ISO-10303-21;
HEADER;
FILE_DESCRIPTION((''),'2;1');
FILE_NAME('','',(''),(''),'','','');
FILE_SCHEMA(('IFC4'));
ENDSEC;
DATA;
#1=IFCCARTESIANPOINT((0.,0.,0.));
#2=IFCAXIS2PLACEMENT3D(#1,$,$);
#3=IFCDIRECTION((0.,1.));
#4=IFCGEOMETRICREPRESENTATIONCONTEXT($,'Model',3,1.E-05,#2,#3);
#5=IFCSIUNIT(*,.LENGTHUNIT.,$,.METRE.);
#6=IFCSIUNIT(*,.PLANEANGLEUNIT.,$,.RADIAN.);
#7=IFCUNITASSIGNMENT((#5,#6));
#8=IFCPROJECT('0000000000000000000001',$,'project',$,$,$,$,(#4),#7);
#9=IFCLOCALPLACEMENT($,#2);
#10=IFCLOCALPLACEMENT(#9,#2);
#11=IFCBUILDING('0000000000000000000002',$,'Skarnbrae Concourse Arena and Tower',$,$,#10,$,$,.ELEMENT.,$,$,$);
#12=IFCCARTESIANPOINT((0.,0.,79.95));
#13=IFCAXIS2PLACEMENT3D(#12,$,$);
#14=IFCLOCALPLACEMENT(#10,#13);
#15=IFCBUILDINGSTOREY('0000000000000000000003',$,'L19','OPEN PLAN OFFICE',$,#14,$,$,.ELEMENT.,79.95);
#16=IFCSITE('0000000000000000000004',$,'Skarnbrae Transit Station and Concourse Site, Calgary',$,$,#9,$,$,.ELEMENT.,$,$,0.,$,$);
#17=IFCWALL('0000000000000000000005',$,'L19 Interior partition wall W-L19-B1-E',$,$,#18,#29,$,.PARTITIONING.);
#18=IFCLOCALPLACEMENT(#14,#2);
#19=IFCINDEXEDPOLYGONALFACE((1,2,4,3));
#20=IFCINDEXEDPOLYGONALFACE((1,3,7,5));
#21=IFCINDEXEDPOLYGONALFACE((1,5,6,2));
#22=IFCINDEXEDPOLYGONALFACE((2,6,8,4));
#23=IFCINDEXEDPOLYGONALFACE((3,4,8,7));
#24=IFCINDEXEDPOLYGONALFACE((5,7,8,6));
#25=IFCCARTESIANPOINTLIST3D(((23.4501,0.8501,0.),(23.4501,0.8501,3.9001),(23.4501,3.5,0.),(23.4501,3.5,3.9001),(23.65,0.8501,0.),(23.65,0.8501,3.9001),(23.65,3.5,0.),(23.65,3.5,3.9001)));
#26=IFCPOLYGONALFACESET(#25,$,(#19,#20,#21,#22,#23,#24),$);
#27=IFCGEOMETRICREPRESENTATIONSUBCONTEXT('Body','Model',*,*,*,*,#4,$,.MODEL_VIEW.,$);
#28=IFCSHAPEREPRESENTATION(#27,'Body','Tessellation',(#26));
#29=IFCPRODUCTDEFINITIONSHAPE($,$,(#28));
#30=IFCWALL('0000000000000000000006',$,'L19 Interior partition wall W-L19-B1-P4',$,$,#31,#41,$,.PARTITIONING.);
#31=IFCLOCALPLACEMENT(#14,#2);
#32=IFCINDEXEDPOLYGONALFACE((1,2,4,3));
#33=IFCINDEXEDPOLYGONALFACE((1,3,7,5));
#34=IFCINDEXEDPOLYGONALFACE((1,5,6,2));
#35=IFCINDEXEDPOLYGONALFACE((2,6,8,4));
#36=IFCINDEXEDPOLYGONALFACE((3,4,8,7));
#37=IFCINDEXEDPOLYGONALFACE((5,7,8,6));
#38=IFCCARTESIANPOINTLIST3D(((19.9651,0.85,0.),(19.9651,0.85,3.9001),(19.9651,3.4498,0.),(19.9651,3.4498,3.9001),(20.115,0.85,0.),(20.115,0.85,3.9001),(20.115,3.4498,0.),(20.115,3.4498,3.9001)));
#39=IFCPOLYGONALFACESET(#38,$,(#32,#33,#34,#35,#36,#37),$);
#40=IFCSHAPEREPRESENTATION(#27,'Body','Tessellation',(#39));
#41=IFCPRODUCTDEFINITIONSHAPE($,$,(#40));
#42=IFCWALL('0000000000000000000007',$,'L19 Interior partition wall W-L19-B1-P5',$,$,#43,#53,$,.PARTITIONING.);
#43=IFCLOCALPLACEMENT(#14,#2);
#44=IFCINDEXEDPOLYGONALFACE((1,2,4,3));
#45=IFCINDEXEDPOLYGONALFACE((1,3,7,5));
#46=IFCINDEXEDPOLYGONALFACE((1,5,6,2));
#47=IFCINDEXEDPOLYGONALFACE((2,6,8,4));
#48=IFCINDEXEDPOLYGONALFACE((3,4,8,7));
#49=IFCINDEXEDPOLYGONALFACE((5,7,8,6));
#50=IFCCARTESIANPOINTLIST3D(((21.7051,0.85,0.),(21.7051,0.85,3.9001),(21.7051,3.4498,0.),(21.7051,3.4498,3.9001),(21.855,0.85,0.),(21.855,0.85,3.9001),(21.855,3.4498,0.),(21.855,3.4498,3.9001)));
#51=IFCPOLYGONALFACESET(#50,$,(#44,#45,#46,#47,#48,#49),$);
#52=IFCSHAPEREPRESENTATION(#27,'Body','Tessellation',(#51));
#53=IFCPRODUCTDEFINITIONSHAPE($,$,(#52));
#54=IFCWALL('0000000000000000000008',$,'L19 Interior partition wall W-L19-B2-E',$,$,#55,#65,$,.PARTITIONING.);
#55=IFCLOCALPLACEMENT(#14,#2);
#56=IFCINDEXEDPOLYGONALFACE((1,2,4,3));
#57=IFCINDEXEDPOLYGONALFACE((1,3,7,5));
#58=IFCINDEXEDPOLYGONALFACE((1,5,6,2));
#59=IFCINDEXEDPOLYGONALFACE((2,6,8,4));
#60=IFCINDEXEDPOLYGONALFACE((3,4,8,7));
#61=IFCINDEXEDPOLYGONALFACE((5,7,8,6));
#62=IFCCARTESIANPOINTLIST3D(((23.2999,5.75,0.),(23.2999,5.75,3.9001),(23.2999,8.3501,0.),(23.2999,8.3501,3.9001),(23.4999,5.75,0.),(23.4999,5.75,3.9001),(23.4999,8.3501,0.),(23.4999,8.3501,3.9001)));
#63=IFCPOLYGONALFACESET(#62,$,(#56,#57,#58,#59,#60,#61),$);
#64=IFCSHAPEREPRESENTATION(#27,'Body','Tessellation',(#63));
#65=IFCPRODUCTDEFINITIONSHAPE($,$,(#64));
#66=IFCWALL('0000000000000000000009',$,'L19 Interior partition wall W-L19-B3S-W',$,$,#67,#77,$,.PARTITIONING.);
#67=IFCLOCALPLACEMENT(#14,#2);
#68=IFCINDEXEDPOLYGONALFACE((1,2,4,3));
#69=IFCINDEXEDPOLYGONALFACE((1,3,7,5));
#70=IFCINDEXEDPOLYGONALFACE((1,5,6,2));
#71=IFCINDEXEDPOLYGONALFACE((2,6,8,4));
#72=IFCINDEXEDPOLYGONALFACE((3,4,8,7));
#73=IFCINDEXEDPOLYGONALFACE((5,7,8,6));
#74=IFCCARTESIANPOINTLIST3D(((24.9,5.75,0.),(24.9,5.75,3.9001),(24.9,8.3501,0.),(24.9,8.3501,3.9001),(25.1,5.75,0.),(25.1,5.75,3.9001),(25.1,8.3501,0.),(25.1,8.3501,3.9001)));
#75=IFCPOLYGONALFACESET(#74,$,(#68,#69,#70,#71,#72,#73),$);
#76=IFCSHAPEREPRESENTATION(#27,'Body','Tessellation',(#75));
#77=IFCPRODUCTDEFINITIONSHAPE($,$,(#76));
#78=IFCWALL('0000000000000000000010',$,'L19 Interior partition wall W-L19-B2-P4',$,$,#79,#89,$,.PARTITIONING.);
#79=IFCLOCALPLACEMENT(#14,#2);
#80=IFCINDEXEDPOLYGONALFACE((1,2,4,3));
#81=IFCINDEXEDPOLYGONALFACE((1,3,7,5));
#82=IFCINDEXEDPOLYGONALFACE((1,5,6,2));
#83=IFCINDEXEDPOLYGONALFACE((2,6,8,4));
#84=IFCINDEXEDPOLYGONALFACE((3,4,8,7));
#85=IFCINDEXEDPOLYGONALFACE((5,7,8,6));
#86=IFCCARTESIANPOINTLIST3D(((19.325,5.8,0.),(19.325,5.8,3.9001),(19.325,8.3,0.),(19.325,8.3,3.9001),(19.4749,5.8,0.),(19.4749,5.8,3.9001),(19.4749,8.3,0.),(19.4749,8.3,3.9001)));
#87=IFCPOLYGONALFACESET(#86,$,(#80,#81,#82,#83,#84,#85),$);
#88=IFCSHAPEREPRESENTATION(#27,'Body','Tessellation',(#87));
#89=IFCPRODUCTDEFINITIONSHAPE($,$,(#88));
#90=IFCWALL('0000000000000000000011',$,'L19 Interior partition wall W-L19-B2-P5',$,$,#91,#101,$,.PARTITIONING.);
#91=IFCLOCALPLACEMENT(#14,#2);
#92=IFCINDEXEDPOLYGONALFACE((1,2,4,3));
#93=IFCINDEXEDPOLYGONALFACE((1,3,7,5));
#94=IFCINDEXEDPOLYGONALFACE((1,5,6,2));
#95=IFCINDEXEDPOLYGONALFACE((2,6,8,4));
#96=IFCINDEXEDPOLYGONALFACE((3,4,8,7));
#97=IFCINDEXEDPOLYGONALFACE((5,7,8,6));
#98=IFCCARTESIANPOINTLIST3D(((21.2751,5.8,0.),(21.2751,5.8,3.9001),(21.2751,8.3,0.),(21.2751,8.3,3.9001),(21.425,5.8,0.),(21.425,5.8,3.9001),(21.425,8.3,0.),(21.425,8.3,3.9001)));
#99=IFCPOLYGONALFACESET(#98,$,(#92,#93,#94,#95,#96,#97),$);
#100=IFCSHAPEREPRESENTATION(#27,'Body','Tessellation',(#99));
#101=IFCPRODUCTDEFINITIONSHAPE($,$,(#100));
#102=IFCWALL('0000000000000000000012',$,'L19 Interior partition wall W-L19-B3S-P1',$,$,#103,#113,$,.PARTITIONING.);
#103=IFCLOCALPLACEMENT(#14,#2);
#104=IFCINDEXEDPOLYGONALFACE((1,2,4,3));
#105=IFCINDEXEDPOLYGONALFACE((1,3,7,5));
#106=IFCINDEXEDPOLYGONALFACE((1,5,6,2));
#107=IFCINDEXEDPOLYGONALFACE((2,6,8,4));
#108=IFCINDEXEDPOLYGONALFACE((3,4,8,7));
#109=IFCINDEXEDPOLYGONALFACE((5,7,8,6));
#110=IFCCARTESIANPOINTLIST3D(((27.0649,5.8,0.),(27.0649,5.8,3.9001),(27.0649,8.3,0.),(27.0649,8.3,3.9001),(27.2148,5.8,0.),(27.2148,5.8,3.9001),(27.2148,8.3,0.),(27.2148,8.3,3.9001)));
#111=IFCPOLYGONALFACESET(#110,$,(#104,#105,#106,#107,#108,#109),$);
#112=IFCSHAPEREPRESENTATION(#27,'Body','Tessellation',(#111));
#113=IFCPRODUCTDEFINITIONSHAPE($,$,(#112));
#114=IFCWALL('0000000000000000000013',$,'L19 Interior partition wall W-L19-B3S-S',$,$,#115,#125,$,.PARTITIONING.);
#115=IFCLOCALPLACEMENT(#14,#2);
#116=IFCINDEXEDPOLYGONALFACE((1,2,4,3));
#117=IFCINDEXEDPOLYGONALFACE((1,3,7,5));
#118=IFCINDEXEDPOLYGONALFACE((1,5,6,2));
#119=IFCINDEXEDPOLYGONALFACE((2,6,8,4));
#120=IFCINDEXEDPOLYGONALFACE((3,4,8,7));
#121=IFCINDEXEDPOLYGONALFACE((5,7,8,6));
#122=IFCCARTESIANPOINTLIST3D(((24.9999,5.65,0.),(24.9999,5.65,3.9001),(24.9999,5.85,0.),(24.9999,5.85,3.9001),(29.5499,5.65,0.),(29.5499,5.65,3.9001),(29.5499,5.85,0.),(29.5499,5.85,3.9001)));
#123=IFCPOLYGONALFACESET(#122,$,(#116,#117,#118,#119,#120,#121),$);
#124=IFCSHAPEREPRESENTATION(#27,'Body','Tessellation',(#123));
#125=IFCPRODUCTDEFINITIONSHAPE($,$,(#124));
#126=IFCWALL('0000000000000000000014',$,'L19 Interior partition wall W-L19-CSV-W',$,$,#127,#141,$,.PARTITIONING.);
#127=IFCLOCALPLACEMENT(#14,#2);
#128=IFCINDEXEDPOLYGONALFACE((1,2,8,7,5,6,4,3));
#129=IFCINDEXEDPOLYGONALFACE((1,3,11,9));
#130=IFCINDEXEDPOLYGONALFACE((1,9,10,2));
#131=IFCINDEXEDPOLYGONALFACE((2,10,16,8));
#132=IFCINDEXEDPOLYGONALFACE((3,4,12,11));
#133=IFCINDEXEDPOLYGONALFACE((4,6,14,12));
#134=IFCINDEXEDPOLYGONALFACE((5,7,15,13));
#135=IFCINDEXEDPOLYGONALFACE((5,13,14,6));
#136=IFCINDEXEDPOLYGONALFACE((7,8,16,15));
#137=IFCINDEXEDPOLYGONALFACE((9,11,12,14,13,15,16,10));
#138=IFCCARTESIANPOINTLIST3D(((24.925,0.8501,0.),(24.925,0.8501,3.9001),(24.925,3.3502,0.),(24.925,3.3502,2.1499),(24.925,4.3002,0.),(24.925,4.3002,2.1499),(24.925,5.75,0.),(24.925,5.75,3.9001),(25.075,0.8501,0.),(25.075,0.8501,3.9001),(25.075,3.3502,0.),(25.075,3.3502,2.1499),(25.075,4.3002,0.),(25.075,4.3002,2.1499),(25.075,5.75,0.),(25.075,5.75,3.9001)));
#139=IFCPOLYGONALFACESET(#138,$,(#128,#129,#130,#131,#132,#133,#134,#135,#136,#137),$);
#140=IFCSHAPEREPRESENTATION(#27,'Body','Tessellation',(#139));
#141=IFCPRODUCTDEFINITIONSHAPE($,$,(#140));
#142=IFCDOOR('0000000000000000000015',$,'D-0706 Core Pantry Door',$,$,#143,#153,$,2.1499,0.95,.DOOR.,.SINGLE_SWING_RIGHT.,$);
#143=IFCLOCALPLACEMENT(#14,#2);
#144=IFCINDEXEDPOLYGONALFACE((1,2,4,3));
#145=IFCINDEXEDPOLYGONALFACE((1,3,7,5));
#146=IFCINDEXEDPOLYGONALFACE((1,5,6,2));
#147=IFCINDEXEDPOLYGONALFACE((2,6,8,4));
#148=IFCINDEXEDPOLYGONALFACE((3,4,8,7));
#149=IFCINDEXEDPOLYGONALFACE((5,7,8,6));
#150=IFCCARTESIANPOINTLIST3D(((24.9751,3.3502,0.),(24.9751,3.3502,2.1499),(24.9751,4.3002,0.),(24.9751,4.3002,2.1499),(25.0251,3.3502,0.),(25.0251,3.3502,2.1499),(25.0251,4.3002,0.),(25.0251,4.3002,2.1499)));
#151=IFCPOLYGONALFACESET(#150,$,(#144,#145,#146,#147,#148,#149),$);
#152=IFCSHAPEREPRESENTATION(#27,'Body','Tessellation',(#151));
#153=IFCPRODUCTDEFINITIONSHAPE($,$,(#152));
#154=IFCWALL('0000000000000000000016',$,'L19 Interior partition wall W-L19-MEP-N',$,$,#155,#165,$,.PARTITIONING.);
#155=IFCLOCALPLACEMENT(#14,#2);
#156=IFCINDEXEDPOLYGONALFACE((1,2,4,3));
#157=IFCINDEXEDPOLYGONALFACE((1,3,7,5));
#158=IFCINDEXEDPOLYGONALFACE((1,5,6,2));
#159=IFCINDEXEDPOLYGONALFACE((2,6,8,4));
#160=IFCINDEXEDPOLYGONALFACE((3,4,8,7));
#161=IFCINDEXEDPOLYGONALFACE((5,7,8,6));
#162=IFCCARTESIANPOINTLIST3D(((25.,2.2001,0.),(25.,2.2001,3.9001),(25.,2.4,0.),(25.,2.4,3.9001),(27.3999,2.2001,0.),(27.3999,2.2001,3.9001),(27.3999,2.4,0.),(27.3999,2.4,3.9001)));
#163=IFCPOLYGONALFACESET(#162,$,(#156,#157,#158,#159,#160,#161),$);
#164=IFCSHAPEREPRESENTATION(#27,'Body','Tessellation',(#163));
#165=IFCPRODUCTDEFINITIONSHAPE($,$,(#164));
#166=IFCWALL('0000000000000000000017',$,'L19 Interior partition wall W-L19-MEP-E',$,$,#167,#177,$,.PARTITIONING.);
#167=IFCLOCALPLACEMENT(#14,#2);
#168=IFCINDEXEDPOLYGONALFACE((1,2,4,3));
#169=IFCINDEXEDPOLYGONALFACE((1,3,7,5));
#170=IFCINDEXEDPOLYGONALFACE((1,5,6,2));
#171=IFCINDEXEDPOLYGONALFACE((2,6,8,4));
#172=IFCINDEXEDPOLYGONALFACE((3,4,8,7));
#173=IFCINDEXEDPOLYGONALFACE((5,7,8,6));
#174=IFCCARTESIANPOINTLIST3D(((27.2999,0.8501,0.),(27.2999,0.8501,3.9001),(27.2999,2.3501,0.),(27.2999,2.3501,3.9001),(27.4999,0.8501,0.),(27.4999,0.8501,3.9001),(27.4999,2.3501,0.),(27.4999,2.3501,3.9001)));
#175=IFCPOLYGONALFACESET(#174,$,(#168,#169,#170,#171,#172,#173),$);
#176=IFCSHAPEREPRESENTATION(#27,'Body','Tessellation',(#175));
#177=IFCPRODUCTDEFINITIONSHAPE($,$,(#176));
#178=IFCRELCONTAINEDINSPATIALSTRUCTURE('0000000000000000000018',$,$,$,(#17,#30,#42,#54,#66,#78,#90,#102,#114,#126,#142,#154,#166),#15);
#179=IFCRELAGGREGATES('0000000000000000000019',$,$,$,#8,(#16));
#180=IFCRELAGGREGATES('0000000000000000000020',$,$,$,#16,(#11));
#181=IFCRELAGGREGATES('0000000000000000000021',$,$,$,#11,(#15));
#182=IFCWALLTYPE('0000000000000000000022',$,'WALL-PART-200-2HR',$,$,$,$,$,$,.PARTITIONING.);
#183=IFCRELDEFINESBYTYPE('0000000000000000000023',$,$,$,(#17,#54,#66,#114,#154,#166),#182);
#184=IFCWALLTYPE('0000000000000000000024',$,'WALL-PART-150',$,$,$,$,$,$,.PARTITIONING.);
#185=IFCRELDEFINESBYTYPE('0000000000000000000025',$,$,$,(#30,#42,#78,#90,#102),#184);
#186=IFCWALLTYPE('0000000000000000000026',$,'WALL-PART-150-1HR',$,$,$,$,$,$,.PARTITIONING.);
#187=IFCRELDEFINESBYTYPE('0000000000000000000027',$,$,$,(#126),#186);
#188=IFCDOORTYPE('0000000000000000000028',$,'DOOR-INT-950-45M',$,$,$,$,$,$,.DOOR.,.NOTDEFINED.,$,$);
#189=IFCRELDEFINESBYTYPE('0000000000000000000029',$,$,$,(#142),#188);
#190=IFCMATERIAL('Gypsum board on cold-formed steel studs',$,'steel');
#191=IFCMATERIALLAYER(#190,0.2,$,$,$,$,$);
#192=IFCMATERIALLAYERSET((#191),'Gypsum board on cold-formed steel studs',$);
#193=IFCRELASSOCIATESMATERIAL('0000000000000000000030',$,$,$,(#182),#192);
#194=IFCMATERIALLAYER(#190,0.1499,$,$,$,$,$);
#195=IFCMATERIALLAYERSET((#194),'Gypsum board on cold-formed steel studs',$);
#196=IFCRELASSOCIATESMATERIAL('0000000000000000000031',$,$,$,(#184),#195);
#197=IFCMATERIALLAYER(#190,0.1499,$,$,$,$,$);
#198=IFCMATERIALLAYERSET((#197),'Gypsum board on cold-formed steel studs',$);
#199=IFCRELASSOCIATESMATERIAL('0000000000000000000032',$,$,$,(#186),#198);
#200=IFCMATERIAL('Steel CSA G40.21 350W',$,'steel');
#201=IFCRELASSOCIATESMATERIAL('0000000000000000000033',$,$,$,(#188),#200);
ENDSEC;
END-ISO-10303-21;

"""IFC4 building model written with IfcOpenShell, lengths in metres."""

from ifc_helpers import new_model, si_unit, direction, frame, frame_2d, origin, place, context, subcontext, project, spatial, rectangle, extrude, source, transform, mapped, material, layer, layer_set, type_object, element, fill, save


model = new_model("IFC4")

# Units and contexts
model_context = context("Model", 3, precision=1e-05, world=origin(), true_north=direction((0.0, 1.0)))
body_context = subcontext(model_context, "Body", "Model", "MODEL_VIEW")
ifc_project = project(units=[si_unit("LENGTHUNIT", "METRE"), si_unit("PLANEANGLEUNIT", "RADIAN")], contexts=[model_context])

# Site, building, storey
site_placement = place(None, origin())
site = spatial("IfcSite", under=ifc_project, at=site_placement, Name="Skarnbrae Transit Station and Concourse Site, Calgary", CompositionType="ELEMENT", RefElevation=0.0)
building_placement = place(site_placement, origin())
building = spatial("IfcBuilding", under=site, at=building_placement, Name="Skarnbrae Concourse Arena and Tower", CompositionType="ELEMENT")
storey_placement = place(building_placement, frame((0.0, 0.0, 79.95)))
storey = spatial("IfcBuildingStorey", under=building, at=storey_placement, Name="L19", Description="OPEN PLAN OFFICE", CompositionType="ELEMENT", Elevation=79.95)

# Walls
ifc_material_1 = material(Name="Gypsum board on cold-formed steel studs", Category="steel")
ifc_layer_1 = layer(ifc_material_1, 0.2)
ifc_layer_set_1 = layer_set([ifc_layer_1], Name="Gypsum board on cold-formed steel studs")
wall_type_1 = type_object("IfcWallType", Name="WALL-PART-200-2HR", PredefinedType="PARTITIONING", material=ifc_layer_set_1)
shared_shape_1 = source(origin(), body_context, "Body", "SweptSolid", [
    extrude(rectangle(XDim=2.6499, YDim=0.2, at=frame_2d((1.325, 0.0))), origin(), (0.0, 0.0, 1.0), 3.9001),
])
wall_1_placement = place(storey_placement, frame((23.55, 0.8501, 0.0), z_axis=(0.0, 0.0, 1.0), x_axis=(0.0, 1.0, 0.0)))
element("IfcWall", 1, at=wall_1_placement, inside=storey, type_object=wall_type_1, Name="L19 Interior partition wall W-L19-B1-E", PredefinedType="PARTITIONING", context=body_context, shape_type="MappedRepresentation", body=[
    mapped(shared_shape_1, transform((0.0, 0.0, 0.0))),
])
ifc_layer_2 = layer(ifc_material_1, 0.1499)
ifc_layer_set_2 = layer_set([ifc_layer_2], Name="Gypsum board on cold-formed steel studs")
wall_type_2 = type_object("IfcWallType", Name="WALL-PART-150", PredefinedType="PARTITIONING", material=ifc_layer_set_2)
shared_shape_2 = source(origin(), body_context, "Body", "SweptSolid", [
    extrude(rectangle(XDim=2.5999, YDim=0.1499, at=frame_2d((1.2998, 0.0))), origin(), (0.0, 0.0, 1.0), 3.9001),
])
for number, where, z_axis, x_axis, name in (
    (2, (20.04, 0.8501, 0.0), (0.0, 0.0, 1.0), (0.0, 1.0, 0.0), "L19 Interior partition wall W-L19-B1-P4"),
    (3, (21.78, 0.8501, 0.0), (0.0, 0.0, 1.0), (0.0, 1.0, 0.0), "L19 Interior partition wall W-L19-B1-P5"),
):
    element("IfcWall", number, at=place(storey_placement, frame(where, z_axis=z_axis, x_axis=x_axis)), inside=storey, type_object=wall_type_2, Name=name, PredefinedType="PARTITIONING", context=body_context, shape_type="MappedRepresentation", body=[
        mapped(shared_shape_2, transform((0.0, 0.0, 0.0))),
    ])
shared_shape_3 = source(origin(), body_context, "Body", "SweptSolid", [
    extrude(rectangle(XDim=2.6001, YDim=0.2, at=frame_2d((1.3, 0.0))), origin(), (0.0, 0.0, 1.0), 3.9001),
])
for number, where, z_axis, x_axis, name in (
    (4, (23.3999, 5.75, 0.0), (0.0, 0.0, 1.0), (0.0, 1.0, 0.0), "L19 Interior partition wall W-L19-B2-E"),
    (5, (25.0, 5.75, 0.0), (0.0, 0.0, 1.0), (0.0, 1.0, 0.0), "L19 Interior partition wall W-L19-B3S-W"),
):
    element("IfcWall", number, at=place(storey_placement, frame(where, z_axis=z_axis, x_axis=x_axis)), inside=storey, type_object=wall_type_1, Name=name, PredefinedType="PARTITIONING", context=body_context, shape_type="MappedRepresentation", body=[
        mapped(shared_shape_3, transform((0.0, 0.0, 0.0))),
    ])
shared_shape_4 = source(origin(), body_context, "Body", "SweptSolid", [
    extrude(rectangle(XDim=2.5, YDim=0.1499, at=frame_2d((1.25, 0.0))), origin(), (0.0, 0.0, 1.0), 3.9001),
])
for number, where, z_axis, x_axis, name in (
    (6, (19.3999, 5.8, 0.0), (0.0, 0.0, 1.0), (0.0, 1.0, 0.0), "L19 Interior partition wall W-L19-B2-P4"),
    (7, (21.3501, 5.8, 0.0), (0.0, 0.0, 1.0), (0.0, 1.0, 0.0), "L19 Interior partition wall W-L19-B2-P5"),
    (8, (27.1399, 5.8, 0.0), (0.0, 0.0, 1.0), (0.0, 1.0, 0.0), "L19 Interior partition wall W-L19-B3S-P1"),
):
    element("IfcWall", number, at=place(storey_placement, frame(where, z_axis=z_axis, x_axis=x_axis)), inside=storey, type_object=wall_type_2, Name=name, PredefinedType="PARTITIONING", context=body_context, shape_type="MappedRepresentation", body=[
        mapped(shared_shape_4, transform((0.0, 0.0, 0.0))),
    ])
shared_shape_5 = source(origin(), body_context, "Body", "SweptSolid", [
    extrude(rectangle(XDim=4.55, YDim=0.2, at=frame_2d((2.2749, 0.0))), origin(), (0.0, 0.0, 1.0), 3.9001),
])
wall_2_placement = place(storey_placement, frame((25.0, 5.75, 0.0), z_axis=(0.0, 0.0, 1.0), x_axis=(1.0, 0.0, 0.0)))
element("IfcWall", 9, at=wall_2_placement, inside=storey, type_object=wall_type_1, Name="L19 Interior partition wall W-L19-B3S-S", PredefinedType="PARTITIONING", context=body_context, shape_type="MappedRepresentation", body=[
    mapped(shared_shape_5, transform((0.0, 0.0, 0.0))),
])

# Wall, opening, door
ifc_layer_3 = layer(ifc_material_1, 0.1499)
ifc_layer_set_3 = layer_set([ifc_layer_3], Name="Gypsum board on cold-formed steel studs")
wall_type_3 = type_object("IfcWallType", Name="WALL-PART-150-1HR", PredefinedType="PARTITIONING", material=ifc_layer_set_3)
shared_shape_6 = source(origin(), body_context, "Body", "SweptSolid", [
    extrude(rectangle(XDim=4.8999, YDim=0.1499, at=frame_2d((2.45, 0.0))), origin(), (0.0, 0.0, 1.0), 3.9001),
])
wall_3_placement = place(storey_placement, frame((25.0, 0.8501, 0.0), z_axis=(0.0, 0.0, 1.0), x_axis=(0.0, 1.0, 0.0)))
wall_3 = element("IfcWall", 10, at=wall_3_placement, inside=storey, type_object=wall_type_3, Name="L19 Interior partition wall W-L19-CSV-W", PredefinedType="PARTITIONING", context=body_context, shape_type="MappedRepresentation", body=[
    mapped(shared_shape_6, transform((0.0, 0.0, 0.0))),
])
opening_1_placement = place(wall_3_placement, frame((2.5, 0.0, 0.0)))
opening_1 = element("IfcOpeningElement", 11, at=opening_1_placement, cuts=wall_3, PredefinedType="OPENING", context=body_context, shape_type="SweptSolid", body=[
    extrude(rectangle(XDim=0.95, YDim=2.1499, at=frame_2d((0.4751, 1.075))), frame((0.0, 0.085, 0.0), z_axis=(0.0, -1.0, 0.0), x_axis=(1.0, 0.0, 0.0)), (0.0, 0.0, 1.0), 0.1699),
])
ifc_material_2 = material(Name="Steel CSA G40.21 350W", Category="steel")
door_type_1 = type_object("IfcDoorType", Name="DOOR-INT-950-45M", OperationType="NOTDEFINED", PredefinedType="DOOR", material=ifc_material_2)
shared_shape_7 = source(origin(), body_context, "Body", "SweptSolid", [
    extrude(rectangle(XDim=0.95, YDim=2.1499, at=frame_2d((0.4751, 1.075))), frame((0.0, 0.0249, 0.0), z_axis=(0.0, -1.0, 0.0), x_axis=(1.0, 0.0, 0.0)), (0.0, 0.0, 1.0), 0.05),
])
door_1_placement = place(opening_1_placement, origin())
door_1 = element("IfcDoor", 12, at=door_1_placement, inside=storey, type_object=door_type_1, Name="D-0706 Core Pantry Door", OperationType="SINGLE_SWING_RIGHT", OverallHeight=2.1499, OverallWidth=0.95, PredefinedType="DOOR", context=body_context, shape_type="MappedRepresentation", body=[
    mapped(shared_shape_7, transform((0.0, 0.0, 0.0))),
])
fill(opening_1, door_1)

# Walls
shared_shape_8 = source(origin(), body_context, "Body", "SweptSolid", [
    extrude(rectangle(XDim=2.3999, YDim=0.2, at=frame_2d((1.2, 0.0))), origin(), (0.0, 0.0, 1.0), 3.9001),
])
wall_4_placement = place(storey_placement, frame((25.0, 2.3, 0.0), z_axis=(0.0, 0.0, 1.0), x_axis=(1.0, 0.0, 0.0)))
element("IfcWall", 13, at=wall_4_placement, inside=storey, type_object=wall_type_1, Name="L19 Interior partition wall W-L19-MEP-N", PredefinedType="PARTITIONING", context=body_context, shape_type="MappedRepresentation", body=[
    mapped(shared_shape_8, transform((0.0, 0.0, 0.0))),
])
shared_shape_9 = source(origin(), body_context, "Body", "SweptSolid", [
    extrude(rectangle(XDim=1.5, YDim=0.2, at=frame_2d((0.75, 0.0))), origin(), (0.0, 0.0, 1.0), 3.9001),
])
wall_5_placement = place(storey_placement, frame((27.3999, 0.8501, 0.0), z_axis=(0.0, 0.0, 1.0), x_axis=(0.0, 1.0, 0.0)))
element("IfcWall", 14, at=wall_5_placement, inside=storey, type_object=wall_type_1, Name="L19 Interior partition wall W-L19-MEP-E", PredefinedType="PARTITIONING", context=body_context, shape_type="MappedRepresentation", body=[
    mapped(shared_shape_9, transform((0.0, 0.0, 0.0))),
])

save(model, "model.ifc")
